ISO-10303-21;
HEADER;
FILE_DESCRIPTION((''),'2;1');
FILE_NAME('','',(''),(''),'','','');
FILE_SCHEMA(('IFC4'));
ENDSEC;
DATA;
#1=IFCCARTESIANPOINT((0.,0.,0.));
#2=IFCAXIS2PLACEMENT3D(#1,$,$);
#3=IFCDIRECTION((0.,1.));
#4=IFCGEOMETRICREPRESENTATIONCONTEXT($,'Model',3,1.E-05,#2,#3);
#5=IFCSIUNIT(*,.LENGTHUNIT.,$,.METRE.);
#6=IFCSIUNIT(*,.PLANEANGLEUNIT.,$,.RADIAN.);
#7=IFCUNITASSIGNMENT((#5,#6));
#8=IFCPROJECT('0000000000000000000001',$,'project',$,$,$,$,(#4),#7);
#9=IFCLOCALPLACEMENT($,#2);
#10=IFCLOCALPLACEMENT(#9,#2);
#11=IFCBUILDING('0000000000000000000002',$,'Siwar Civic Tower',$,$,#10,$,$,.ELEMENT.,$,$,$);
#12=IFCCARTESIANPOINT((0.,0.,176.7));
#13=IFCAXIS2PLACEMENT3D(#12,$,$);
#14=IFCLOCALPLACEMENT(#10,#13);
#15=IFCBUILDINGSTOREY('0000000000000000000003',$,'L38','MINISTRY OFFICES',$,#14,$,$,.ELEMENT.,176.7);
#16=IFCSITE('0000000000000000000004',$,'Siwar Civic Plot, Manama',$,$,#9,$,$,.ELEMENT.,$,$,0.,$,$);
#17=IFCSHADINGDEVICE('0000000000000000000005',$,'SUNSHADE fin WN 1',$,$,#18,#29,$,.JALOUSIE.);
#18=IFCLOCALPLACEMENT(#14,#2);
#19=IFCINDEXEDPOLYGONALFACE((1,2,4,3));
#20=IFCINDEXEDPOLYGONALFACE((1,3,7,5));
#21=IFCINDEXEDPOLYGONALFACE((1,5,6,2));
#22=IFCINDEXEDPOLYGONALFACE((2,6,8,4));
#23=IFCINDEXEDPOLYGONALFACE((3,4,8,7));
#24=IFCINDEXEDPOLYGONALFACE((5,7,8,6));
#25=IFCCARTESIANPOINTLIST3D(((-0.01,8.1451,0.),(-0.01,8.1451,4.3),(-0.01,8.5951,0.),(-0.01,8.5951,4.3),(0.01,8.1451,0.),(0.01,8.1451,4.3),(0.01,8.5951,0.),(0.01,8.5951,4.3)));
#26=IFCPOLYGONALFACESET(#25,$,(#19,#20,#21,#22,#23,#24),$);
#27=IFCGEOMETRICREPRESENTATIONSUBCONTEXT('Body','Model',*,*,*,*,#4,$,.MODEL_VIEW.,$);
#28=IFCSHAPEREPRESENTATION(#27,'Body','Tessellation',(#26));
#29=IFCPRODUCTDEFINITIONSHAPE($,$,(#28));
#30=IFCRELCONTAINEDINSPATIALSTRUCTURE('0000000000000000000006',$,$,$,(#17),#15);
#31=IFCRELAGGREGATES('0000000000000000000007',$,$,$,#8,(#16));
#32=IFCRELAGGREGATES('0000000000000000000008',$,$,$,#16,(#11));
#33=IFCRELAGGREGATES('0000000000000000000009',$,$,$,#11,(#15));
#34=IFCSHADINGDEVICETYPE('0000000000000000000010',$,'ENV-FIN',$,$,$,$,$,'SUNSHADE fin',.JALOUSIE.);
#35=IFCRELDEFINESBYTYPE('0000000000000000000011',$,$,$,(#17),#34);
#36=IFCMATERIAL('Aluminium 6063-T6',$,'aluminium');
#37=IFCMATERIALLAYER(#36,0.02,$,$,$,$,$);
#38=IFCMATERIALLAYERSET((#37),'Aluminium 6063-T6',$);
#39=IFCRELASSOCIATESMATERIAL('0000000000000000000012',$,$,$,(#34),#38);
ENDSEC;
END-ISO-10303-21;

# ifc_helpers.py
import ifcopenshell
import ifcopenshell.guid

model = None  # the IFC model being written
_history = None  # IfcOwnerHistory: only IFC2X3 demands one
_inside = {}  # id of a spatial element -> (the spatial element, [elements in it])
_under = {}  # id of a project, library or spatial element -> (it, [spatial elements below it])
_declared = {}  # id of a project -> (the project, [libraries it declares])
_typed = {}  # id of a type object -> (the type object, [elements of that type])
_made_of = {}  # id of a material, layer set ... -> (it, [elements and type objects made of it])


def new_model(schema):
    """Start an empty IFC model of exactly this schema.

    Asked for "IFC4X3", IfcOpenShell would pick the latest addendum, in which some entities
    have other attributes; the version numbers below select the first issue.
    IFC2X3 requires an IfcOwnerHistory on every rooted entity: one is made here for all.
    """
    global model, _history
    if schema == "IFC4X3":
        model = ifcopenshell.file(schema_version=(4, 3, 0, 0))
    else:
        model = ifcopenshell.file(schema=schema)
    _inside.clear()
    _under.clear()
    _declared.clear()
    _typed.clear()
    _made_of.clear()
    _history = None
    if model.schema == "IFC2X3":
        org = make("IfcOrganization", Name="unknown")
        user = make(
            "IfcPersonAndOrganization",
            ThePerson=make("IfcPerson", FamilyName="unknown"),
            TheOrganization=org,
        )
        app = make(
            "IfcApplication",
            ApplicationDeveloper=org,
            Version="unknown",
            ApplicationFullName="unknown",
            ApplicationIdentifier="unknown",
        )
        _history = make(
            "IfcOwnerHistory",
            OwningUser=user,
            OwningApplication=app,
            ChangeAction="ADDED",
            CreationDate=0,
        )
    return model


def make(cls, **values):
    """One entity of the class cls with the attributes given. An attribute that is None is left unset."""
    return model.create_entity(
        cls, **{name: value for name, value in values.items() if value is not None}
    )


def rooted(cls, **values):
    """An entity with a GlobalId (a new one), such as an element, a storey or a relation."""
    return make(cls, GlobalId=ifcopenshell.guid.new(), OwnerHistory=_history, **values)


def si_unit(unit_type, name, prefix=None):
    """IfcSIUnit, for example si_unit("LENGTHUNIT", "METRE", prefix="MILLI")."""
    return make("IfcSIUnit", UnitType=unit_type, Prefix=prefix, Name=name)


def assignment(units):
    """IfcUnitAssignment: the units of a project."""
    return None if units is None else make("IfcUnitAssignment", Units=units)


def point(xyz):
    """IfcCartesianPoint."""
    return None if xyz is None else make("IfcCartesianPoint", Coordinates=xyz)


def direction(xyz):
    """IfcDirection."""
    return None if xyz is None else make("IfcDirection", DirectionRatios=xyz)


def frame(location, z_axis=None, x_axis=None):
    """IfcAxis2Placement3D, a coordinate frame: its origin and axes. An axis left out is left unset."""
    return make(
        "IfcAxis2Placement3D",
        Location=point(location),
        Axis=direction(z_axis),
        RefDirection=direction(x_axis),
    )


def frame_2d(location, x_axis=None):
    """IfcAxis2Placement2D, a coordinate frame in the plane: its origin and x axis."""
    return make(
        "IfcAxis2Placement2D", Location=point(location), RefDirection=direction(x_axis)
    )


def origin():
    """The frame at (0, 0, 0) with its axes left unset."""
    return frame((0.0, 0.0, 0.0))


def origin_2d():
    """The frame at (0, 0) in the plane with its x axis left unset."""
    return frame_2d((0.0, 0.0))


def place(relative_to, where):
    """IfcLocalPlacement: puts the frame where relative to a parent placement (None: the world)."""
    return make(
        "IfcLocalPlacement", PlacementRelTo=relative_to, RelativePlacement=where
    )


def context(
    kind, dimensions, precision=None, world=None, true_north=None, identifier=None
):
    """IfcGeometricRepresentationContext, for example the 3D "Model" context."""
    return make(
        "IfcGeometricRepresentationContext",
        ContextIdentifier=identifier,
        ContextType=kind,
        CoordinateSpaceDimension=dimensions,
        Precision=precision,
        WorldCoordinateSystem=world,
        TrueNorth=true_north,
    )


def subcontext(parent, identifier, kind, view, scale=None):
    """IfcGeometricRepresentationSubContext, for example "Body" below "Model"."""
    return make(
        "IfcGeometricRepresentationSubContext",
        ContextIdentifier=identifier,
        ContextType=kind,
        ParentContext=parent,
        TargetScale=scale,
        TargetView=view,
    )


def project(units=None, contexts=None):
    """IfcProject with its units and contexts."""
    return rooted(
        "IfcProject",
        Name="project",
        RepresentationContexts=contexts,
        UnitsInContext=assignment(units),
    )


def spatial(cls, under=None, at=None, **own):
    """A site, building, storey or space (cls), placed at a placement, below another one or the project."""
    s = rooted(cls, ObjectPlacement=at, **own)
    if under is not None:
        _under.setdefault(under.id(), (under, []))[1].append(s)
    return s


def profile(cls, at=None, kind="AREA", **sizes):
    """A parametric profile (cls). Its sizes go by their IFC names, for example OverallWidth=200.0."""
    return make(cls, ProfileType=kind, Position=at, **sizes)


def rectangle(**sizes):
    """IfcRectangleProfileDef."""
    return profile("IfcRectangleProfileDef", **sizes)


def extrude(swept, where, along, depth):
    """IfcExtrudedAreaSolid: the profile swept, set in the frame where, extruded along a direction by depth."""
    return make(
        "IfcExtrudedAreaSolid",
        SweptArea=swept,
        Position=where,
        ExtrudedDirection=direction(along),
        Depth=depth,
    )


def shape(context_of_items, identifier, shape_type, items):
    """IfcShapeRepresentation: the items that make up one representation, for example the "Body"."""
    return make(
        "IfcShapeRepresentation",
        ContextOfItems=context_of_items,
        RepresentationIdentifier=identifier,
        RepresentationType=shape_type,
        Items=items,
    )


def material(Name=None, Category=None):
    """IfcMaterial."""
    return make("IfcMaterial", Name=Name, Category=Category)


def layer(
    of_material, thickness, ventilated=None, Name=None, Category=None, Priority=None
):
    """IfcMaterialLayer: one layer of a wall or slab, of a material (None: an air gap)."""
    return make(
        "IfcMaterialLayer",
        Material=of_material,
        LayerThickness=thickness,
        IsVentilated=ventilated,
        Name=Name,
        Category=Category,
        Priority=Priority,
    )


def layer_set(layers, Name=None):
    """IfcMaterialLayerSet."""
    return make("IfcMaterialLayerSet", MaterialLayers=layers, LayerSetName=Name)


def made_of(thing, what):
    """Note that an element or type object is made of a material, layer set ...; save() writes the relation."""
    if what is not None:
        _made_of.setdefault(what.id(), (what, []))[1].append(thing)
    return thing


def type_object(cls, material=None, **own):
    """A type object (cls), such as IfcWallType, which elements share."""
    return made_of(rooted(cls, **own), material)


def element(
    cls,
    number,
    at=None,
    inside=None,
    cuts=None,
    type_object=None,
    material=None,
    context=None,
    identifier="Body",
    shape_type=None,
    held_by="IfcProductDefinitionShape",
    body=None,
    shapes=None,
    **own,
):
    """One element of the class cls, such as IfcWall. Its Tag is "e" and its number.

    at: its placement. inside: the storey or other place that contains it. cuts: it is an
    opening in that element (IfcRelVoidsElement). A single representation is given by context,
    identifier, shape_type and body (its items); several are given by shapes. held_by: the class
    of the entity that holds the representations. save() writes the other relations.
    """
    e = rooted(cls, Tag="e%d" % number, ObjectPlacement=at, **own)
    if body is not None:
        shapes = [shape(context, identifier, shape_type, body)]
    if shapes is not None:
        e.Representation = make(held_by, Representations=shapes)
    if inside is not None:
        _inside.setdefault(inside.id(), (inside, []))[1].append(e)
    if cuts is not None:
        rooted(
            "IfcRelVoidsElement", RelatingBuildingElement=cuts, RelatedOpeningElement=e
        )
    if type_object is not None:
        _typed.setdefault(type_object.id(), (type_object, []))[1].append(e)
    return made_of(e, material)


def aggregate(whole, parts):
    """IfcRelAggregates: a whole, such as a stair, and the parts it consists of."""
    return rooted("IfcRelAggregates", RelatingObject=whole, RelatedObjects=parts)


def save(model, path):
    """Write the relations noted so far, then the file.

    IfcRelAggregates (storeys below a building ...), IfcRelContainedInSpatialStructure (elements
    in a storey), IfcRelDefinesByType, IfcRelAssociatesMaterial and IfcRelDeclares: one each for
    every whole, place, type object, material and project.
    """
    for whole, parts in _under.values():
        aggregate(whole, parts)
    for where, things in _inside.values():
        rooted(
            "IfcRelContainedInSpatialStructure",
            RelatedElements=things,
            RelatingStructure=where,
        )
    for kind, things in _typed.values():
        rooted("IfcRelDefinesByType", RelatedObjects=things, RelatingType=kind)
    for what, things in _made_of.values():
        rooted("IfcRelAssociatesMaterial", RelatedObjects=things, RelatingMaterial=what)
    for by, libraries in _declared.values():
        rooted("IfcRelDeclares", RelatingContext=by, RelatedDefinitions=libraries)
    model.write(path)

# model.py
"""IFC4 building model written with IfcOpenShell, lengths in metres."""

from ifc_helpers import new_model, si_unit, direction, frame, origin, origin_2d, place, context, subcontext, project, spatial, rectangle, extrude, material, layer, layer_set, type_object, element, save


model = new_model("IFC4")

# Units and contexts
model_context = context("Model", 3, precision=1e-05, world=origin(), true_north=direction((0.0, 1.0)))
body_context = subcontext(model_context, "Body", "Model", "MODEL_VIEW")
ifc_project = project(units=[si_unit("LENGTHUNIT", "METRE"), si_unit("PLANEANGLEUNIT", "RADIAN")], contexts=[model_context])

# Site, building, storey
site_placement = place(None, origin())
site = spatial("IfcSite", under=ifc_project, at=site_placement, Name="Siwar Civic Plot, Manama", CompositionType="ELEMENT", RefElevation=0.0)
building_placement = place(site_placement, origin())
building = spatial("IfcBuilding", under=site, at=building_placement, Name="Siwar Civic Tower", CompositionType="ELEMENT")
storey_placement = place(building_placement, frame((0.0, 0.0, 176.7)))
storey = spatial("IfcBuildingStorey", under=building, at=storey_placement, Name="L38", Description="MINISTRY OFFICES", CompositionType="ELEMENT", Elevation=176.7)

# Shading device
ifc_material_1 = material(Name="Aluminium 6063-T6", Category="aluminium")
ifc_layer_1 = layer(ifc_material_1, 0.02)
ifc_layer_set_1 = layer_set([ifc_layer_1], Name="Aluminium 6063-T6")
shading_device_type = type_object("IfcShadingDeviceType", Name="ENV-FIN", ElementType="SUNSHADE fin", PredefinedType="JALOUSIE", material=ifc_layer_set_1)
shading_device_placement = place(storey_placement, frame((0.0, 8.3701, 0.0), z_axis=(0.0, 0.0, 1.0), x_axis=(-1.0, 0.0, 0.0)))
element("IfcShadingDevice", 1, at=shading_device_placement, inside=storey, type_object=shading_device_type, Name="SUNSHADE fin WN 1", PredefinedType="JALOUSIE", context=body_context, shape_type="SweptSolid", body=[
    extrude(rectangle(XDim=0.02, YDim=0.45, at=origin_2d()), origin(), (0.0, 0.0, 1.0), 4.3),
])

save(model, "model.ifc")
